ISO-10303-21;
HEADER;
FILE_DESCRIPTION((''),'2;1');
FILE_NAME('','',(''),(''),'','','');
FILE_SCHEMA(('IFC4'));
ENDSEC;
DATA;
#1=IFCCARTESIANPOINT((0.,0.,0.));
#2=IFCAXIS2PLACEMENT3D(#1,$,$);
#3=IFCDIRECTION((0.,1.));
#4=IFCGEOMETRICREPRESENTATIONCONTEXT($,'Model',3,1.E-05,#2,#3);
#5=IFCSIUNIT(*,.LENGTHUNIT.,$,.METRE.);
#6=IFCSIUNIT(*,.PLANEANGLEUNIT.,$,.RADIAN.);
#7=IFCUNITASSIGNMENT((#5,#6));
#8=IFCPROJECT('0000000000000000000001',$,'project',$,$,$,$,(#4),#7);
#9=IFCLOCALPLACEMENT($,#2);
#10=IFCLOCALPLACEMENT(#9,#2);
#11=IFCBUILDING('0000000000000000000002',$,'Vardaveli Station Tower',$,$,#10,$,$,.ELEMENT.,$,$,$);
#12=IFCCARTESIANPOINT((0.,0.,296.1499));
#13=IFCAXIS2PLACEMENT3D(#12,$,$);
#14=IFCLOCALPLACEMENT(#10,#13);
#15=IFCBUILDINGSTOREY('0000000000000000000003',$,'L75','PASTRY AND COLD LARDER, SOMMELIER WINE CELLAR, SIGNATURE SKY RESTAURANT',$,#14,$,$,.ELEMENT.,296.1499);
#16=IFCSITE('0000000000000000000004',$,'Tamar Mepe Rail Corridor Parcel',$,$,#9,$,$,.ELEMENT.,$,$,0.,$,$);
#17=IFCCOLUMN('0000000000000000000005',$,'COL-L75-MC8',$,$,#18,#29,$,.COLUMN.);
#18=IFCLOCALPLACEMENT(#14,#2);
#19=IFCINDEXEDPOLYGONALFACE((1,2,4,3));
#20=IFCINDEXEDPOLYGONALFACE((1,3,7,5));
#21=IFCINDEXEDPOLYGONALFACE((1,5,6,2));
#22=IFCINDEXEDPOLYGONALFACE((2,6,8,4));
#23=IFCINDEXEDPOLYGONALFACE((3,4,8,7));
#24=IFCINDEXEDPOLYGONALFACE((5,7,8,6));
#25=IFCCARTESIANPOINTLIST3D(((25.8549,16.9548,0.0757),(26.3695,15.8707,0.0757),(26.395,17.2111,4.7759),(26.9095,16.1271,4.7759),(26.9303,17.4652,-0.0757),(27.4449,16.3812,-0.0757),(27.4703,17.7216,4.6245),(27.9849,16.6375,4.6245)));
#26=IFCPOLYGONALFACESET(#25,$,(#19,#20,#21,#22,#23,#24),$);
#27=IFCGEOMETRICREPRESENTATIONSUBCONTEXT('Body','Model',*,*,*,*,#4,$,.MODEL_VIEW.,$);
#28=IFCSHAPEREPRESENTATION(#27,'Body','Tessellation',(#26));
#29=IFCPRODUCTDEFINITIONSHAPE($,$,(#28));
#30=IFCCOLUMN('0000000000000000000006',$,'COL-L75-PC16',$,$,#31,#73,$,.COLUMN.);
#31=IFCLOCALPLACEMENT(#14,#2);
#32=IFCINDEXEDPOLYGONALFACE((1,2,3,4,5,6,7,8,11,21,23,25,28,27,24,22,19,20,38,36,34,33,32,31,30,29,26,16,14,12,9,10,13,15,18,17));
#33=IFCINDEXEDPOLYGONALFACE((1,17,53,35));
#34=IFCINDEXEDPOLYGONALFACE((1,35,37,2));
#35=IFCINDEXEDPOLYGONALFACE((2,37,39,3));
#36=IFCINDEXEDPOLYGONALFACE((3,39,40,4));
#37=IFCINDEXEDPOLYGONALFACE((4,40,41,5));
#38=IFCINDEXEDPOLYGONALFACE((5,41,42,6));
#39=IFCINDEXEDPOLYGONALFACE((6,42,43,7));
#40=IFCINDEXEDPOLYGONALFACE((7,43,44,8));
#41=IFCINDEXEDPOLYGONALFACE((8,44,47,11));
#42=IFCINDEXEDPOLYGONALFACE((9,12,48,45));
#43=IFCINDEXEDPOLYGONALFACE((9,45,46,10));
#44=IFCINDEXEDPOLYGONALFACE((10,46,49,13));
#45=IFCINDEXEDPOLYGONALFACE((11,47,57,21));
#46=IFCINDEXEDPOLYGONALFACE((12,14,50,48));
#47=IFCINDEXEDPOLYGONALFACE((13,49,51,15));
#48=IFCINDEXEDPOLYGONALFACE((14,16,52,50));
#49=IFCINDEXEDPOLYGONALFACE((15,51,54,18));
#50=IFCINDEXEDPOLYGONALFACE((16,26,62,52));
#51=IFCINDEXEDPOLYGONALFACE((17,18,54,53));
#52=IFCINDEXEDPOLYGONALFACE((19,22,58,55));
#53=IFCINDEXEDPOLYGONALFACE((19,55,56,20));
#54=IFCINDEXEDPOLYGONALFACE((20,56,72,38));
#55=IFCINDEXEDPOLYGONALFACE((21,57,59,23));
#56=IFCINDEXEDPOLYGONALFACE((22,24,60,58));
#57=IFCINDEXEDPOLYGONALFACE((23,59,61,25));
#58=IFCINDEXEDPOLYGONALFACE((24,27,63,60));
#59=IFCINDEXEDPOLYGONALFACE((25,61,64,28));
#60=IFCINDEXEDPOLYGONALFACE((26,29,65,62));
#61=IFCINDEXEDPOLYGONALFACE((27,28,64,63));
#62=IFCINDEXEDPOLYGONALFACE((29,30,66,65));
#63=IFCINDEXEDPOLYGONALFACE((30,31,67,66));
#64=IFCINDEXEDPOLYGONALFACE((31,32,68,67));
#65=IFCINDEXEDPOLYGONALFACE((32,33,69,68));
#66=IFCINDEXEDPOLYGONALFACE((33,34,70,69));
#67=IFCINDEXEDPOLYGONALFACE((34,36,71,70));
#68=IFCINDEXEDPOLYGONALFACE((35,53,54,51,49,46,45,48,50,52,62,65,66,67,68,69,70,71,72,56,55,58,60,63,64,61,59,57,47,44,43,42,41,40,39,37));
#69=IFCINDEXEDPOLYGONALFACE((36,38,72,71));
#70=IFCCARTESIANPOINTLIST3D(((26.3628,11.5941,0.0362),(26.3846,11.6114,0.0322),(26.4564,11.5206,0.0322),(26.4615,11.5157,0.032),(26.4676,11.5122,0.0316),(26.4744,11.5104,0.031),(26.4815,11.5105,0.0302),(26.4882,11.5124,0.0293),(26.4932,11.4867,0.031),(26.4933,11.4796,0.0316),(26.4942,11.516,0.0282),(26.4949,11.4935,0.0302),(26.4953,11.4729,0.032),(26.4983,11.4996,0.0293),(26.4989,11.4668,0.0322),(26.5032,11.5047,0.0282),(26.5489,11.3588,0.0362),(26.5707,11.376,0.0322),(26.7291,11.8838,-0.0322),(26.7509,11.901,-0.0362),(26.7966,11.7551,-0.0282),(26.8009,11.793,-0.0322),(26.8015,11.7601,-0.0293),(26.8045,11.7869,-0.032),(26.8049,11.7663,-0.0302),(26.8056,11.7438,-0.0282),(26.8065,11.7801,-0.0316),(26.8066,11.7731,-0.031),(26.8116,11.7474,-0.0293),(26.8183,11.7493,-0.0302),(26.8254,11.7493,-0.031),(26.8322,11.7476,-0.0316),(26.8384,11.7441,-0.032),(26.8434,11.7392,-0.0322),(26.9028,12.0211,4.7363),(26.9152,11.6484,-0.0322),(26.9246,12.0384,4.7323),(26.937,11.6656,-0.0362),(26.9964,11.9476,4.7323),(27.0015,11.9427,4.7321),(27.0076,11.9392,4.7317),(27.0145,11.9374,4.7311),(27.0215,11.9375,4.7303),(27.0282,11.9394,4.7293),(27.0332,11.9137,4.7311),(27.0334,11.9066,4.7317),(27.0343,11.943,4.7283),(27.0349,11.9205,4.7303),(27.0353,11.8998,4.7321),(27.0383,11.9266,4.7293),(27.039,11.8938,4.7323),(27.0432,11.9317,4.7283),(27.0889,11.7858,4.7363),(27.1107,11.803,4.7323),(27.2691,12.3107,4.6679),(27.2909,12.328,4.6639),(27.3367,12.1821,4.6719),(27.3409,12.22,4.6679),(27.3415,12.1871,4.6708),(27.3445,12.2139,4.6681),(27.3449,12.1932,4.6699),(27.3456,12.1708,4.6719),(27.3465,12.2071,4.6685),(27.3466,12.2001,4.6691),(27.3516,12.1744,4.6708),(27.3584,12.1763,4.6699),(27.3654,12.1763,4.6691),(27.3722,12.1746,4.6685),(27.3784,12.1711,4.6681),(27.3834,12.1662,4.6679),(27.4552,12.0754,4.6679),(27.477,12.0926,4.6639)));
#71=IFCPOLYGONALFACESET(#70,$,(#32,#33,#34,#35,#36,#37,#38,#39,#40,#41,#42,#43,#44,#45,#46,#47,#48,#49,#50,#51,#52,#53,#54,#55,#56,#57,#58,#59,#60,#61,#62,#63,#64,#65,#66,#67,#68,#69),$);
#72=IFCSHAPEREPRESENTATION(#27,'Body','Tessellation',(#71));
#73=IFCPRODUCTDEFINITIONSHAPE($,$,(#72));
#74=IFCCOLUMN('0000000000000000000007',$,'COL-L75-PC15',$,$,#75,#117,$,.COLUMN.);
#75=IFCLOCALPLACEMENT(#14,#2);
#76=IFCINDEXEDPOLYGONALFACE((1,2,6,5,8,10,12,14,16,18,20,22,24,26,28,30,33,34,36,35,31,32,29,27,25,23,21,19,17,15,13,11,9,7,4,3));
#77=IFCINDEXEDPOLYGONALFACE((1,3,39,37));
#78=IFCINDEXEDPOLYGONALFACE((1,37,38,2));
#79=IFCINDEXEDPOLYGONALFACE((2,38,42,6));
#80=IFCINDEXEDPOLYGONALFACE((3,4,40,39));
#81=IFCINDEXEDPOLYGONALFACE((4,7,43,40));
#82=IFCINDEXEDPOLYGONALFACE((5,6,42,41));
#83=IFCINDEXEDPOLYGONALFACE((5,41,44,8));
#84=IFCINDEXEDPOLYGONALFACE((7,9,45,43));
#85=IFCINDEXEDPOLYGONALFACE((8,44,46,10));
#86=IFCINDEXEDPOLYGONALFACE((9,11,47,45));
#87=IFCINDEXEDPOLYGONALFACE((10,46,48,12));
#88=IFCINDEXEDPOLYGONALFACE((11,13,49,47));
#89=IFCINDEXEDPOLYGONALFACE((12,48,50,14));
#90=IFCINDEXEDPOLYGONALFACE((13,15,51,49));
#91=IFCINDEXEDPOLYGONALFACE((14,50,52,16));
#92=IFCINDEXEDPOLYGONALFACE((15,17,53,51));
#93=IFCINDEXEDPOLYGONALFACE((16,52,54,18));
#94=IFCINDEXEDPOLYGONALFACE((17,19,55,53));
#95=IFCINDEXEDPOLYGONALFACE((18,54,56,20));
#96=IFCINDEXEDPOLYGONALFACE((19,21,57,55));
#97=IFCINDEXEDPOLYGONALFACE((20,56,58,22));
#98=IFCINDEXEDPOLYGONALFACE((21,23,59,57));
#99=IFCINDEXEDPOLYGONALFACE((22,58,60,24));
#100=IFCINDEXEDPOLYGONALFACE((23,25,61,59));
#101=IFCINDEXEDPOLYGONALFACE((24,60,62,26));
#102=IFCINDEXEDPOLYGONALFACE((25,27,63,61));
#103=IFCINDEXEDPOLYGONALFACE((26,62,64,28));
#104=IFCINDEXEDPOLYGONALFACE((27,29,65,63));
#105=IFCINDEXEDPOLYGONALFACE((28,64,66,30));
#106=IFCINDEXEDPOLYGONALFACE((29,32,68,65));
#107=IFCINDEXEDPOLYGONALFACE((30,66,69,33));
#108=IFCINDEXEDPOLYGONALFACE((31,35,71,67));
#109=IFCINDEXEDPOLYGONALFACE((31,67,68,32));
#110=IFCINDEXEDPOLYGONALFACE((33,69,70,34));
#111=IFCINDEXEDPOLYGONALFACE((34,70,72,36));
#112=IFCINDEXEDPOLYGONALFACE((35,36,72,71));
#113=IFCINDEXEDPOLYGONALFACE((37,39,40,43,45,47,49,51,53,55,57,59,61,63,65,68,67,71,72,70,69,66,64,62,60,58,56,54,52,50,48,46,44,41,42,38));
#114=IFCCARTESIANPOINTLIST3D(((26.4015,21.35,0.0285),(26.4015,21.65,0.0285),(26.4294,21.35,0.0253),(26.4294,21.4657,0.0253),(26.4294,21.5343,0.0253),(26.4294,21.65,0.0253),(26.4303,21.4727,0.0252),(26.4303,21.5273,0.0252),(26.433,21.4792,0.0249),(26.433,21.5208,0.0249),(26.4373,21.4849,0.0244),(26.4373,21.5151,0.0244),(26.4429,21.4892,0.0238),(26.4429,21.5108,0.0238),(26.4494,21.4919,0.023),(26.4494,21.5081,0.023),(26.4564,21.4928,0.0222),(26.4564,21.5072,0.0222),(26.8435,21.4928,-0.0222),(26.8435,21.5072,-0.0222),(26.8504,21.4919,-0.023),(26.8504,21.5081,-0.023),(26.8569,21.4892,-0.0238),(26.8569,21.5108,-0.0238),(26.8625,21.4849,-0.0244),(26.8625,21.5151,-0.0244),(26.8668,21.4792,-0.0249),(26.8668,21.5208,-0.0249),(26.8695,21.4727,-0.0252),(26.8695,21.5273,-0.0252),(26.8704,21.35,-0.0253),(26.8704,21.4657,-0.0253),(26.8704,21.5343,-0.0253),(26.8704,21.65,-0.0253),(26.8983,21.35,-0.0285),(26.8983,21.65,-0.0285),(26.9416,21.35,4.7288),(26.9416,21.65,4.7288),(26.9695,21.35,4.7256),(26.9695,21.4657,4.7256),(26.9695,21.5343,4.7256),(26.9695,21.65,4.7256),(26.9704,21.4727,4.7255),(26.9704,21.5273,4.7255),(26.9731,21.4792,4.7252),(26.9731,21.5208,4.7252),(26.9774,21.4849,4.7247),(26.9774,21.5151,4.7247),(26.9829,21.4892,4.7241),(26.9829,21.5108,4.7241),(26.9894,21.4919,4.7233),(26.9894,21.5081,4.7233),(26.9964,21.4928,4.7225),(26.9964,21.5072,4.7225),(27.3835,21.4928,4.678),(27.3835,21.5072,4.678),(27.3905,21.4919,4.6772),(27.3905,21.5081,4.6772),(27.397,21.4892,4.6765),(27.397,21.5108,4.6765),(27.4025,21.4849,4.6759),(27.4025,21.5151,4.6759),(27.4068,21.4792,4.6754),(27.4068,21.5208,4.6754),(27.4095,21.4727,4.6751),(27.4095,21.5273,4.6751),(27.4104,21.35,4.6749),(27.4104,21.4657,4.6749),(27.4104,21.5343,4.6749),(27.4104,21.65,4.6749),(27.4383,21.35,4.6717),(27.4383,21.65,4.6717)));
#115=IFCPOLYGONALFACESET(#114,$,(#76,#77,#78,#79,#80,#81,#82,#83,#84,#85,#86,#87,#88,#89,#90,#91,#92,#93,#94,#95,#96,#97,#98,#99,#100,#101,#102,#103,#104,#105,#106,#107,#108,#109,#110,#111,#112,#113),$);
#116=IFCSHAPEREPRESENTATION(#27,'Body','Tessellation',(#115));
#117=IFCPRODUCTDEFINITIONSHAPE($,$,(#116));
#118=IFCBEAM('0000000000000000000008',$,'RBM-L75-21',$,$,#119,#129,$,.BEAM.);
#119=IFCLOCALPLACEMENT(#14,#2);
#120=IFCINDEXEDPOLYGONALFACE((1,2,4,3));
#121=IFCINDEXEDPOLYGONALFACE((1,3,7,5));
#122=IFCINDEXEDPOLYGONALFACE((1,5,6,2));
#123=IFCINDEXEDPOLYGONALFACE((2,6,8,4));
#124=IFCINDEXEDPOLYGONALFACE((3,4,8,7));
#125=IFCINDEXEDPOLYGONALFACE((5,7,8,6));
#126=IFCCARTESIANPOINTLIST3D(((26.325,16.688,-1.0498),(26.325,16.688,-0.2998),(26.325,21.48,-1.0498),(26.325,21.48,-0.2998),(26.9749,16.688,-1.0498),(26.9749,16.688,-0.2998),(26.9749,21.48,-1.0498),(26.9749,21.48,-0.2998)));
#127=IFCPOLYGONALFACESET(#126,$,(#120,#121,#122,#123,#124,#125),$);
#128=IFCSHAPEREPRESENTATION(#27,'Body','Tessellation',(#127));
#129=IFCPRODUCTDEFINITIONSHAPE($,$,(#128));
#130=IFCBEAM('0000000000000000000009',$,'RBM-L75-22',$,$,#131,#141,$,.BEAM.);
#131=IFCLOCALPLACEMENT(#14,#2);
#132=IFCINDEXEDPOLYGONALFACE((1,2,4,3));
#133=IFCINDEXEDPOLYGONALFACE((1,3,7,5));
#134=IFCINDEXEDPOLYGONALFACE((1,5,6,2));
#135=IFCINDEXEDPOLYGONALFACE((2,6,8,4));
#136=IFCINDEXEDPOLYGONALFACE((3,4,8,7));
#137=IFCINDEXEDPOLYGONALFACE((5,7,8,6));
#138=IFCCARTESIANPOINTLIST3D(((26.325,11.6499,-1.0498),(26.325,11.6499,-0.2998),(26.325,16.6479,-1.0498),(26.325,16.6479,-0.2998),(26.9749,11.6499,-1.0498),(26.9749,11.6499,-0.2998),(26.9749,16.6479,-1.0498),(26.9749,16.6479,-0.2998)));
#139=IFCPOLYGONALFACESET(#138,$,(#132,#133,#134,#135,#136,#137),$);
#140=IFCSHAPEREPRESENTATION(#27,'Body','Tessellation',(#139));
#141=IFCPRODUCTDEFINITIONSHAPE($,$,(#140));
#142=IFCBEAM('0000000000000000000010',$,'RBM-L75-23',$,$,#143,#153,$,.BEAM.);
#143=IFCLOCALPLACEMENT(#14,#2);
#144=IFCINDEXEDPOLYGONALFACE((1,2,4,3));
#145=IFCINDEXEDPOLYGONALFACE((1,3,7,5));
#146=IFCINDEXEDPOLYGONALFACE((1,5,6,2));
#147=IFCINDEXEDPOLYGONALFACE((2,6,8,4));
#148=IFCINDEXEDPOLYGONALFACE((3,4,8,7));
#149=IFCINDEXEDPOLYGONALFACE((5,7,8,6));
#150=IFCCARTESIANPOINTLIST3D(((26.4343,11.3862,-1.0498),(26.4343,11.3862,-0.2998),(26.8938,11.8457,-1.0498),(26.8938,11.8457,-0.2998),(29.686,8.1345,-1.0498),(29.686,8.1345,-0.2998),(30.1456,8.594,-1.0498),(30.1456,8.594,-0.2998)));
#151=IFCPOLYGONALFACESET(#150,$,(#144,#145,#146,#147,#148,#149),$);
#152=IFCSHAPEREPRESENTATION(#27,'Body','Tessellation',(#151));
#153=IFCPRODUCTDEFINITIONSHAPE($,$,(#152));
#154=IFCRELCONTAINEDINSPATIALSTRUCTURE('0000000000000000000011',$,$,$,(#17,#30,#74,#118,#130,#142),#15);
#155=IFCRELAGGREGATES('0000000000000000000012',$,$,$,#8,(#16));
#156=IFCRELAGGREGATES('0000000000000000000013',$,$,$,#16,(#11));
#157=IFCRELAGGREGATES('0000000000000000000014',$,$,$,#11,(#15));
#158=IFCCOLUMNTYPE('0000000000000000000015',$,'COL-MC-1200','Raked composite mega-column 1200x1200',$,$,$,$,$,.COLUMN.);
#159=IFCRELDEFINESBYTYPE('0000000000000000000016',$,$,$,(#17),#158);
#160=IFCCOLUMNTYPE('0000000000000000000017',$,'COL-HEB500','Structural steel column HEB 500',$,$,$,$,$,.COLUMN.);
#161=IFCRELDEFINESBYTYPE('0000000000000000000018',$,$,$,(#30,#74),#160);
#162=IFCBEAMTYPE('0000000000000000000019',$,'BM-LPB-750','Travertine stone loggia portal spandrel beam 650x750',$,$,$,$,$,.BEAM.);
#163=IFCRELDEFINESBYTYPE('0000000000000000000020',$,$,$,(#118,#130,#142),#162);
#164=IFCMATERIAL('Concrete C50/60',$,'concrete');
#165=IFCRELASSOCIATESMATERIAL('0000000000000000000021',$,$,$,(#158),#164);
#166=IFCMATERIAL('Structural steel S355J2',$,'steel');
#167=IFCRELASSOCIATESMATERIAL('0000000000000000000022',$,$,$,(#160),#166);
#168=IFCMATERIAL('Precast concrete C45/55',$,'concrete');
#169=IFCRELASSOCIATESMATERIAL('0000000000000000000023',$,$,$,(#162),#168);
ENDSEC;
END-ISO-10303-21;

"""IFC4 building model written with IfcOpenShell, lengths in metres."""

from ifc_helpers import new_model, si_unit, direction, frame, origin, origin_2d, place, context, subcontext, project, spatial, rectangle, i_section, extrude, source, transform, mapped, material, material_profile, profile_set, type_object, element, save


model = new_model("IFC4")

# Units and contexts
model_context = context("Model", 3, precision=1e-05, world=origin(), true_north=direction((0.0, 1.0)))
body_context = subcontext(model_context, "Body", "Model", "MODEL_VIEW")
ifc_project = project(units=[si_unit("LENGTHUNIT", "METRE"), si_unit("PLANEANGLEUNIT", "RADIAN")], contexts=[model_context])

# Site, building, storey
site_placement = place(None, origin())
site = spatial("IfcSite", under=ifc_project, at=site_placement, Name="Tamar Mepe Rail Corridor Parcel", CompositionType="ELEMENT", RefElevation=0.0)
building_placement = place(site_placement, origin())
building = spatial("IfcBuilding", under=site, at=building_placement, Name="Vardaveli Station Tower", CompositionType="ELEMENT")
storey_placement = place(building_placement, frame((0.0, 0.0, 296.1499)))
storey = spatial("IfcBuildingStorey", under=building, at=storey_placement, Name="L75", Description="PASTRY AND COLD LARDER, SOMMELIER WINE CELLAR, SIGNATURE SKY RESTAURANT", CompositionType="ELEMENT", Elevation=296.1499)

# Columns
ifc_material_1 = material(Name="Concrete C50/60", Category="concrete")
ifc_material_profile_1 = material_profile(ifc_material_1, rectangle(XDim=1.2, YDim=1.2, at=origin_2d()), Name="MC 1200x1200")
ifc_profile_set_1 = profile_set([ifc_material_profile_1], Name="Concrete C50/60")
column_type_1 = type_object("IfcColumnType", Name="COL-MC-1200", Description="Raked composite mega-column 1200x1200", PredefinedType="COLUMN", material=ifc_profile_set_1)
shared_shape_1 = source(origin(), body_context, "Body", "SweptSolid", [
    extrude(rectangle(XDim=1.2, YDim=1.2, at=origin_2d()), origin(), (0.0, 0.0, 1.0), 4.738),
])
column_1_placement = place(storey_placement, frame((26.6499, 16.668, 0.0), z_axis=(0.113979, 0.054104, 0.992009), x_axis=(-0.428824, 0.903388, 0.0)))
element("IfcColumn", 1, at=column_1_placement, inside=storey, type_object=column_type_1, Name="COL-L75-MC8", PredefinedType="COLUMN", context=body_context, shape_type="MappedRepresentation", body=[
    mapped(shared_shape_1, transform((0.0, 0.0, 0.0), scale=1.0)),
])
ifc_material_2 = material(Name="Structural steel S355J2", Category="steel")
ifc_material_profile_2 = material_profile(ifc_material_2, i_section(OverallWidth=0.3, OverallDepth=0.5, WebThickness=0.0144, FlangeThickness=0.0281, FilletRadius=0.0271, at=origin_2d()), Name="HEB 500")
ifc_profile_set_2 = profile_set([ifc_material_profile_2], Name="Structural steel S355J2")
column_type_2 = type_object("IfcColumnType", Name="COL-HEB500", Description="Structural steel column HEB 500", PredefinedType="COLUMN", material=ifc_profile_set_2)
shared_shape_2 = source(origin(), body_context, "Body", "SweptSolid", [
    extrude(i_section(OverallWidth=0.3, OverallDepth=0.5, WebThickness=0.0144, FlangeThickness=0.0281, FilletRadius=0.0271, at=origin_2d()), origin(), (0.0, 0.0, 1.0), 4.7502),
])
column_2_placement = place(storey_placement, frame((26.6499, 11.6299, 0.0), z_axis=(0.113684, 0.089889, 0.989442), x_axis=(-0.620231, 0.78442, 0.0)))
element("IfcColumn", 2, at=column_2_placement, inside=storey, type_object=column_type_2, Name="COL-L75-PC16", PredefinedType="COLUMN", context=body_context, shape_type="MappedRepresentation", body=[
    mapped(shared_shape_2, transform((0.0, 0.0, 0.0), scale=1.0)),
])
shared_shape_3 = source(origin(), body_context, "Body", "SweptSolid", [
    extrude(i_section(OverallWidth=0.3, OverallDepth=0.5, WebThickness=0.0144, FlangeThickness=0.0281, FilletRadius=0.0271, at=origin_2d()), origin(), (0.0, 0.0, 1.0), 4.7312),
])
column_3_placement = place(storey_placement, frame((26.6499, 21.5, 0.0), z_axis=(0.114146, 0.0, 0.993464), x_axis=(0.0, 1.0, 0.0)))
element("IfcColumn", 3, at=column_3_placement, inside=storey, type_object=column_type_2, Name="COL-L75-PC15", PredefinedType="COLUMN", context=body_context, shape_type="MappedRepresentation", body=[
    mapped(shared_shape_3, transform((0.0, 0.0, 0.0), scale=1.0)),
])

# Beams
ifc_material_3 = material(Name="Precast concrete C45/55", Category="concrete")
ifc_material_profile_3 = material_profile(ifc_material_3, rectangle(XDim=0.6499, YDim=0.75, at=origin_2d()), Name="LPB 650x750")
ifc_profile_set_3 = profile_set([ifc_material_profile_3], Name="Precast concrete C45/55")
beam_type_1 = type_object("IfcBeamType", Name="BM-LPB-750", Description="Travertine stone loggia portal spandrel beam 650x750", PredefinedType="BEAM", material=ifc_profile_set_3)
shared_shape_4 = source(origin(), body_context, "Body", "SweptSolid", [
    extrude(rectangle(XDim=0.6499, YDim=0.75, at=origin_2d()), origin(), (0.0, 0.0, 1.0), 4.792),
])
beam_1_placement = place(storey_placement, frame((26.6499, 21.48, -0.6748), z_axis=(0.0, -1.0, 0.0), x_axis=(1.0, 0.0, 0.0)))
element("IfcBeam", 4, at=beam_1_placement, inside=storey, type_object=beam_type_1, Name="RBM-L75-21", PredefinedType="BEAM", context=body_context, shape_type="MappedRepresentation", body=[
    mapped(shared_shape_4, transform((0.0, 0.0, 0.0), scale=1.0)),
])
shared_shape_5 = source(origin(), body_context, "Body", "SweptSolid", [
    extrude(rectangle(XDim=0.6499, YDim=0.75, at=origin_2d()), origin(), (0.0, 0.0, 1.0), 4.998),
])
beam_2_placement = place(storey_placement, frame((26.6499, 16.6479, -0.6748), z_axis=(0.0, -1.0, 0.0), x_axis=(1.0, 0.0, 0.0)))
element("IfcBeam", 5, at=beam_2_placement, inside=storey, type_object=beam_type_1, Name="RBM-L75-22", PredefinedType="BEAM", context=body_context, shape_type="MappedRepresentation", body=[
    mapped(shared_shape_5, transform((0.0, 0.0, 0.0), scale=1.0)),
])
shared_shape_6 = source(origin(), body_context, "Body", "SweptSolid", [
    extrude(rectangle(XDim=0.6499, YDim=0.75, at=origin_2d()), origin(), (0.0, 0.0, 1.0), 4.5986),
])
beam_3_placement = place(storey_placement, frame((26.6641, 11.616, -0.6748), z_axis=(0.707107, -0.707107, 0.0), x_axis=(0.707107, 0.707107, 0.0)))
element("IfcBeam", 6, at=beam_3_placement, inside=storey, type_object=beam_type_1, Name="RBM-L75-23", PredefinedType="BEAM", context=body_context, shape_type="MappedRepresentation", body=[
    mapped(shared_shape_6, transform((0.0, 0.0, 0.0), scale=1.0)),
])

save(model, "model.ifc")
